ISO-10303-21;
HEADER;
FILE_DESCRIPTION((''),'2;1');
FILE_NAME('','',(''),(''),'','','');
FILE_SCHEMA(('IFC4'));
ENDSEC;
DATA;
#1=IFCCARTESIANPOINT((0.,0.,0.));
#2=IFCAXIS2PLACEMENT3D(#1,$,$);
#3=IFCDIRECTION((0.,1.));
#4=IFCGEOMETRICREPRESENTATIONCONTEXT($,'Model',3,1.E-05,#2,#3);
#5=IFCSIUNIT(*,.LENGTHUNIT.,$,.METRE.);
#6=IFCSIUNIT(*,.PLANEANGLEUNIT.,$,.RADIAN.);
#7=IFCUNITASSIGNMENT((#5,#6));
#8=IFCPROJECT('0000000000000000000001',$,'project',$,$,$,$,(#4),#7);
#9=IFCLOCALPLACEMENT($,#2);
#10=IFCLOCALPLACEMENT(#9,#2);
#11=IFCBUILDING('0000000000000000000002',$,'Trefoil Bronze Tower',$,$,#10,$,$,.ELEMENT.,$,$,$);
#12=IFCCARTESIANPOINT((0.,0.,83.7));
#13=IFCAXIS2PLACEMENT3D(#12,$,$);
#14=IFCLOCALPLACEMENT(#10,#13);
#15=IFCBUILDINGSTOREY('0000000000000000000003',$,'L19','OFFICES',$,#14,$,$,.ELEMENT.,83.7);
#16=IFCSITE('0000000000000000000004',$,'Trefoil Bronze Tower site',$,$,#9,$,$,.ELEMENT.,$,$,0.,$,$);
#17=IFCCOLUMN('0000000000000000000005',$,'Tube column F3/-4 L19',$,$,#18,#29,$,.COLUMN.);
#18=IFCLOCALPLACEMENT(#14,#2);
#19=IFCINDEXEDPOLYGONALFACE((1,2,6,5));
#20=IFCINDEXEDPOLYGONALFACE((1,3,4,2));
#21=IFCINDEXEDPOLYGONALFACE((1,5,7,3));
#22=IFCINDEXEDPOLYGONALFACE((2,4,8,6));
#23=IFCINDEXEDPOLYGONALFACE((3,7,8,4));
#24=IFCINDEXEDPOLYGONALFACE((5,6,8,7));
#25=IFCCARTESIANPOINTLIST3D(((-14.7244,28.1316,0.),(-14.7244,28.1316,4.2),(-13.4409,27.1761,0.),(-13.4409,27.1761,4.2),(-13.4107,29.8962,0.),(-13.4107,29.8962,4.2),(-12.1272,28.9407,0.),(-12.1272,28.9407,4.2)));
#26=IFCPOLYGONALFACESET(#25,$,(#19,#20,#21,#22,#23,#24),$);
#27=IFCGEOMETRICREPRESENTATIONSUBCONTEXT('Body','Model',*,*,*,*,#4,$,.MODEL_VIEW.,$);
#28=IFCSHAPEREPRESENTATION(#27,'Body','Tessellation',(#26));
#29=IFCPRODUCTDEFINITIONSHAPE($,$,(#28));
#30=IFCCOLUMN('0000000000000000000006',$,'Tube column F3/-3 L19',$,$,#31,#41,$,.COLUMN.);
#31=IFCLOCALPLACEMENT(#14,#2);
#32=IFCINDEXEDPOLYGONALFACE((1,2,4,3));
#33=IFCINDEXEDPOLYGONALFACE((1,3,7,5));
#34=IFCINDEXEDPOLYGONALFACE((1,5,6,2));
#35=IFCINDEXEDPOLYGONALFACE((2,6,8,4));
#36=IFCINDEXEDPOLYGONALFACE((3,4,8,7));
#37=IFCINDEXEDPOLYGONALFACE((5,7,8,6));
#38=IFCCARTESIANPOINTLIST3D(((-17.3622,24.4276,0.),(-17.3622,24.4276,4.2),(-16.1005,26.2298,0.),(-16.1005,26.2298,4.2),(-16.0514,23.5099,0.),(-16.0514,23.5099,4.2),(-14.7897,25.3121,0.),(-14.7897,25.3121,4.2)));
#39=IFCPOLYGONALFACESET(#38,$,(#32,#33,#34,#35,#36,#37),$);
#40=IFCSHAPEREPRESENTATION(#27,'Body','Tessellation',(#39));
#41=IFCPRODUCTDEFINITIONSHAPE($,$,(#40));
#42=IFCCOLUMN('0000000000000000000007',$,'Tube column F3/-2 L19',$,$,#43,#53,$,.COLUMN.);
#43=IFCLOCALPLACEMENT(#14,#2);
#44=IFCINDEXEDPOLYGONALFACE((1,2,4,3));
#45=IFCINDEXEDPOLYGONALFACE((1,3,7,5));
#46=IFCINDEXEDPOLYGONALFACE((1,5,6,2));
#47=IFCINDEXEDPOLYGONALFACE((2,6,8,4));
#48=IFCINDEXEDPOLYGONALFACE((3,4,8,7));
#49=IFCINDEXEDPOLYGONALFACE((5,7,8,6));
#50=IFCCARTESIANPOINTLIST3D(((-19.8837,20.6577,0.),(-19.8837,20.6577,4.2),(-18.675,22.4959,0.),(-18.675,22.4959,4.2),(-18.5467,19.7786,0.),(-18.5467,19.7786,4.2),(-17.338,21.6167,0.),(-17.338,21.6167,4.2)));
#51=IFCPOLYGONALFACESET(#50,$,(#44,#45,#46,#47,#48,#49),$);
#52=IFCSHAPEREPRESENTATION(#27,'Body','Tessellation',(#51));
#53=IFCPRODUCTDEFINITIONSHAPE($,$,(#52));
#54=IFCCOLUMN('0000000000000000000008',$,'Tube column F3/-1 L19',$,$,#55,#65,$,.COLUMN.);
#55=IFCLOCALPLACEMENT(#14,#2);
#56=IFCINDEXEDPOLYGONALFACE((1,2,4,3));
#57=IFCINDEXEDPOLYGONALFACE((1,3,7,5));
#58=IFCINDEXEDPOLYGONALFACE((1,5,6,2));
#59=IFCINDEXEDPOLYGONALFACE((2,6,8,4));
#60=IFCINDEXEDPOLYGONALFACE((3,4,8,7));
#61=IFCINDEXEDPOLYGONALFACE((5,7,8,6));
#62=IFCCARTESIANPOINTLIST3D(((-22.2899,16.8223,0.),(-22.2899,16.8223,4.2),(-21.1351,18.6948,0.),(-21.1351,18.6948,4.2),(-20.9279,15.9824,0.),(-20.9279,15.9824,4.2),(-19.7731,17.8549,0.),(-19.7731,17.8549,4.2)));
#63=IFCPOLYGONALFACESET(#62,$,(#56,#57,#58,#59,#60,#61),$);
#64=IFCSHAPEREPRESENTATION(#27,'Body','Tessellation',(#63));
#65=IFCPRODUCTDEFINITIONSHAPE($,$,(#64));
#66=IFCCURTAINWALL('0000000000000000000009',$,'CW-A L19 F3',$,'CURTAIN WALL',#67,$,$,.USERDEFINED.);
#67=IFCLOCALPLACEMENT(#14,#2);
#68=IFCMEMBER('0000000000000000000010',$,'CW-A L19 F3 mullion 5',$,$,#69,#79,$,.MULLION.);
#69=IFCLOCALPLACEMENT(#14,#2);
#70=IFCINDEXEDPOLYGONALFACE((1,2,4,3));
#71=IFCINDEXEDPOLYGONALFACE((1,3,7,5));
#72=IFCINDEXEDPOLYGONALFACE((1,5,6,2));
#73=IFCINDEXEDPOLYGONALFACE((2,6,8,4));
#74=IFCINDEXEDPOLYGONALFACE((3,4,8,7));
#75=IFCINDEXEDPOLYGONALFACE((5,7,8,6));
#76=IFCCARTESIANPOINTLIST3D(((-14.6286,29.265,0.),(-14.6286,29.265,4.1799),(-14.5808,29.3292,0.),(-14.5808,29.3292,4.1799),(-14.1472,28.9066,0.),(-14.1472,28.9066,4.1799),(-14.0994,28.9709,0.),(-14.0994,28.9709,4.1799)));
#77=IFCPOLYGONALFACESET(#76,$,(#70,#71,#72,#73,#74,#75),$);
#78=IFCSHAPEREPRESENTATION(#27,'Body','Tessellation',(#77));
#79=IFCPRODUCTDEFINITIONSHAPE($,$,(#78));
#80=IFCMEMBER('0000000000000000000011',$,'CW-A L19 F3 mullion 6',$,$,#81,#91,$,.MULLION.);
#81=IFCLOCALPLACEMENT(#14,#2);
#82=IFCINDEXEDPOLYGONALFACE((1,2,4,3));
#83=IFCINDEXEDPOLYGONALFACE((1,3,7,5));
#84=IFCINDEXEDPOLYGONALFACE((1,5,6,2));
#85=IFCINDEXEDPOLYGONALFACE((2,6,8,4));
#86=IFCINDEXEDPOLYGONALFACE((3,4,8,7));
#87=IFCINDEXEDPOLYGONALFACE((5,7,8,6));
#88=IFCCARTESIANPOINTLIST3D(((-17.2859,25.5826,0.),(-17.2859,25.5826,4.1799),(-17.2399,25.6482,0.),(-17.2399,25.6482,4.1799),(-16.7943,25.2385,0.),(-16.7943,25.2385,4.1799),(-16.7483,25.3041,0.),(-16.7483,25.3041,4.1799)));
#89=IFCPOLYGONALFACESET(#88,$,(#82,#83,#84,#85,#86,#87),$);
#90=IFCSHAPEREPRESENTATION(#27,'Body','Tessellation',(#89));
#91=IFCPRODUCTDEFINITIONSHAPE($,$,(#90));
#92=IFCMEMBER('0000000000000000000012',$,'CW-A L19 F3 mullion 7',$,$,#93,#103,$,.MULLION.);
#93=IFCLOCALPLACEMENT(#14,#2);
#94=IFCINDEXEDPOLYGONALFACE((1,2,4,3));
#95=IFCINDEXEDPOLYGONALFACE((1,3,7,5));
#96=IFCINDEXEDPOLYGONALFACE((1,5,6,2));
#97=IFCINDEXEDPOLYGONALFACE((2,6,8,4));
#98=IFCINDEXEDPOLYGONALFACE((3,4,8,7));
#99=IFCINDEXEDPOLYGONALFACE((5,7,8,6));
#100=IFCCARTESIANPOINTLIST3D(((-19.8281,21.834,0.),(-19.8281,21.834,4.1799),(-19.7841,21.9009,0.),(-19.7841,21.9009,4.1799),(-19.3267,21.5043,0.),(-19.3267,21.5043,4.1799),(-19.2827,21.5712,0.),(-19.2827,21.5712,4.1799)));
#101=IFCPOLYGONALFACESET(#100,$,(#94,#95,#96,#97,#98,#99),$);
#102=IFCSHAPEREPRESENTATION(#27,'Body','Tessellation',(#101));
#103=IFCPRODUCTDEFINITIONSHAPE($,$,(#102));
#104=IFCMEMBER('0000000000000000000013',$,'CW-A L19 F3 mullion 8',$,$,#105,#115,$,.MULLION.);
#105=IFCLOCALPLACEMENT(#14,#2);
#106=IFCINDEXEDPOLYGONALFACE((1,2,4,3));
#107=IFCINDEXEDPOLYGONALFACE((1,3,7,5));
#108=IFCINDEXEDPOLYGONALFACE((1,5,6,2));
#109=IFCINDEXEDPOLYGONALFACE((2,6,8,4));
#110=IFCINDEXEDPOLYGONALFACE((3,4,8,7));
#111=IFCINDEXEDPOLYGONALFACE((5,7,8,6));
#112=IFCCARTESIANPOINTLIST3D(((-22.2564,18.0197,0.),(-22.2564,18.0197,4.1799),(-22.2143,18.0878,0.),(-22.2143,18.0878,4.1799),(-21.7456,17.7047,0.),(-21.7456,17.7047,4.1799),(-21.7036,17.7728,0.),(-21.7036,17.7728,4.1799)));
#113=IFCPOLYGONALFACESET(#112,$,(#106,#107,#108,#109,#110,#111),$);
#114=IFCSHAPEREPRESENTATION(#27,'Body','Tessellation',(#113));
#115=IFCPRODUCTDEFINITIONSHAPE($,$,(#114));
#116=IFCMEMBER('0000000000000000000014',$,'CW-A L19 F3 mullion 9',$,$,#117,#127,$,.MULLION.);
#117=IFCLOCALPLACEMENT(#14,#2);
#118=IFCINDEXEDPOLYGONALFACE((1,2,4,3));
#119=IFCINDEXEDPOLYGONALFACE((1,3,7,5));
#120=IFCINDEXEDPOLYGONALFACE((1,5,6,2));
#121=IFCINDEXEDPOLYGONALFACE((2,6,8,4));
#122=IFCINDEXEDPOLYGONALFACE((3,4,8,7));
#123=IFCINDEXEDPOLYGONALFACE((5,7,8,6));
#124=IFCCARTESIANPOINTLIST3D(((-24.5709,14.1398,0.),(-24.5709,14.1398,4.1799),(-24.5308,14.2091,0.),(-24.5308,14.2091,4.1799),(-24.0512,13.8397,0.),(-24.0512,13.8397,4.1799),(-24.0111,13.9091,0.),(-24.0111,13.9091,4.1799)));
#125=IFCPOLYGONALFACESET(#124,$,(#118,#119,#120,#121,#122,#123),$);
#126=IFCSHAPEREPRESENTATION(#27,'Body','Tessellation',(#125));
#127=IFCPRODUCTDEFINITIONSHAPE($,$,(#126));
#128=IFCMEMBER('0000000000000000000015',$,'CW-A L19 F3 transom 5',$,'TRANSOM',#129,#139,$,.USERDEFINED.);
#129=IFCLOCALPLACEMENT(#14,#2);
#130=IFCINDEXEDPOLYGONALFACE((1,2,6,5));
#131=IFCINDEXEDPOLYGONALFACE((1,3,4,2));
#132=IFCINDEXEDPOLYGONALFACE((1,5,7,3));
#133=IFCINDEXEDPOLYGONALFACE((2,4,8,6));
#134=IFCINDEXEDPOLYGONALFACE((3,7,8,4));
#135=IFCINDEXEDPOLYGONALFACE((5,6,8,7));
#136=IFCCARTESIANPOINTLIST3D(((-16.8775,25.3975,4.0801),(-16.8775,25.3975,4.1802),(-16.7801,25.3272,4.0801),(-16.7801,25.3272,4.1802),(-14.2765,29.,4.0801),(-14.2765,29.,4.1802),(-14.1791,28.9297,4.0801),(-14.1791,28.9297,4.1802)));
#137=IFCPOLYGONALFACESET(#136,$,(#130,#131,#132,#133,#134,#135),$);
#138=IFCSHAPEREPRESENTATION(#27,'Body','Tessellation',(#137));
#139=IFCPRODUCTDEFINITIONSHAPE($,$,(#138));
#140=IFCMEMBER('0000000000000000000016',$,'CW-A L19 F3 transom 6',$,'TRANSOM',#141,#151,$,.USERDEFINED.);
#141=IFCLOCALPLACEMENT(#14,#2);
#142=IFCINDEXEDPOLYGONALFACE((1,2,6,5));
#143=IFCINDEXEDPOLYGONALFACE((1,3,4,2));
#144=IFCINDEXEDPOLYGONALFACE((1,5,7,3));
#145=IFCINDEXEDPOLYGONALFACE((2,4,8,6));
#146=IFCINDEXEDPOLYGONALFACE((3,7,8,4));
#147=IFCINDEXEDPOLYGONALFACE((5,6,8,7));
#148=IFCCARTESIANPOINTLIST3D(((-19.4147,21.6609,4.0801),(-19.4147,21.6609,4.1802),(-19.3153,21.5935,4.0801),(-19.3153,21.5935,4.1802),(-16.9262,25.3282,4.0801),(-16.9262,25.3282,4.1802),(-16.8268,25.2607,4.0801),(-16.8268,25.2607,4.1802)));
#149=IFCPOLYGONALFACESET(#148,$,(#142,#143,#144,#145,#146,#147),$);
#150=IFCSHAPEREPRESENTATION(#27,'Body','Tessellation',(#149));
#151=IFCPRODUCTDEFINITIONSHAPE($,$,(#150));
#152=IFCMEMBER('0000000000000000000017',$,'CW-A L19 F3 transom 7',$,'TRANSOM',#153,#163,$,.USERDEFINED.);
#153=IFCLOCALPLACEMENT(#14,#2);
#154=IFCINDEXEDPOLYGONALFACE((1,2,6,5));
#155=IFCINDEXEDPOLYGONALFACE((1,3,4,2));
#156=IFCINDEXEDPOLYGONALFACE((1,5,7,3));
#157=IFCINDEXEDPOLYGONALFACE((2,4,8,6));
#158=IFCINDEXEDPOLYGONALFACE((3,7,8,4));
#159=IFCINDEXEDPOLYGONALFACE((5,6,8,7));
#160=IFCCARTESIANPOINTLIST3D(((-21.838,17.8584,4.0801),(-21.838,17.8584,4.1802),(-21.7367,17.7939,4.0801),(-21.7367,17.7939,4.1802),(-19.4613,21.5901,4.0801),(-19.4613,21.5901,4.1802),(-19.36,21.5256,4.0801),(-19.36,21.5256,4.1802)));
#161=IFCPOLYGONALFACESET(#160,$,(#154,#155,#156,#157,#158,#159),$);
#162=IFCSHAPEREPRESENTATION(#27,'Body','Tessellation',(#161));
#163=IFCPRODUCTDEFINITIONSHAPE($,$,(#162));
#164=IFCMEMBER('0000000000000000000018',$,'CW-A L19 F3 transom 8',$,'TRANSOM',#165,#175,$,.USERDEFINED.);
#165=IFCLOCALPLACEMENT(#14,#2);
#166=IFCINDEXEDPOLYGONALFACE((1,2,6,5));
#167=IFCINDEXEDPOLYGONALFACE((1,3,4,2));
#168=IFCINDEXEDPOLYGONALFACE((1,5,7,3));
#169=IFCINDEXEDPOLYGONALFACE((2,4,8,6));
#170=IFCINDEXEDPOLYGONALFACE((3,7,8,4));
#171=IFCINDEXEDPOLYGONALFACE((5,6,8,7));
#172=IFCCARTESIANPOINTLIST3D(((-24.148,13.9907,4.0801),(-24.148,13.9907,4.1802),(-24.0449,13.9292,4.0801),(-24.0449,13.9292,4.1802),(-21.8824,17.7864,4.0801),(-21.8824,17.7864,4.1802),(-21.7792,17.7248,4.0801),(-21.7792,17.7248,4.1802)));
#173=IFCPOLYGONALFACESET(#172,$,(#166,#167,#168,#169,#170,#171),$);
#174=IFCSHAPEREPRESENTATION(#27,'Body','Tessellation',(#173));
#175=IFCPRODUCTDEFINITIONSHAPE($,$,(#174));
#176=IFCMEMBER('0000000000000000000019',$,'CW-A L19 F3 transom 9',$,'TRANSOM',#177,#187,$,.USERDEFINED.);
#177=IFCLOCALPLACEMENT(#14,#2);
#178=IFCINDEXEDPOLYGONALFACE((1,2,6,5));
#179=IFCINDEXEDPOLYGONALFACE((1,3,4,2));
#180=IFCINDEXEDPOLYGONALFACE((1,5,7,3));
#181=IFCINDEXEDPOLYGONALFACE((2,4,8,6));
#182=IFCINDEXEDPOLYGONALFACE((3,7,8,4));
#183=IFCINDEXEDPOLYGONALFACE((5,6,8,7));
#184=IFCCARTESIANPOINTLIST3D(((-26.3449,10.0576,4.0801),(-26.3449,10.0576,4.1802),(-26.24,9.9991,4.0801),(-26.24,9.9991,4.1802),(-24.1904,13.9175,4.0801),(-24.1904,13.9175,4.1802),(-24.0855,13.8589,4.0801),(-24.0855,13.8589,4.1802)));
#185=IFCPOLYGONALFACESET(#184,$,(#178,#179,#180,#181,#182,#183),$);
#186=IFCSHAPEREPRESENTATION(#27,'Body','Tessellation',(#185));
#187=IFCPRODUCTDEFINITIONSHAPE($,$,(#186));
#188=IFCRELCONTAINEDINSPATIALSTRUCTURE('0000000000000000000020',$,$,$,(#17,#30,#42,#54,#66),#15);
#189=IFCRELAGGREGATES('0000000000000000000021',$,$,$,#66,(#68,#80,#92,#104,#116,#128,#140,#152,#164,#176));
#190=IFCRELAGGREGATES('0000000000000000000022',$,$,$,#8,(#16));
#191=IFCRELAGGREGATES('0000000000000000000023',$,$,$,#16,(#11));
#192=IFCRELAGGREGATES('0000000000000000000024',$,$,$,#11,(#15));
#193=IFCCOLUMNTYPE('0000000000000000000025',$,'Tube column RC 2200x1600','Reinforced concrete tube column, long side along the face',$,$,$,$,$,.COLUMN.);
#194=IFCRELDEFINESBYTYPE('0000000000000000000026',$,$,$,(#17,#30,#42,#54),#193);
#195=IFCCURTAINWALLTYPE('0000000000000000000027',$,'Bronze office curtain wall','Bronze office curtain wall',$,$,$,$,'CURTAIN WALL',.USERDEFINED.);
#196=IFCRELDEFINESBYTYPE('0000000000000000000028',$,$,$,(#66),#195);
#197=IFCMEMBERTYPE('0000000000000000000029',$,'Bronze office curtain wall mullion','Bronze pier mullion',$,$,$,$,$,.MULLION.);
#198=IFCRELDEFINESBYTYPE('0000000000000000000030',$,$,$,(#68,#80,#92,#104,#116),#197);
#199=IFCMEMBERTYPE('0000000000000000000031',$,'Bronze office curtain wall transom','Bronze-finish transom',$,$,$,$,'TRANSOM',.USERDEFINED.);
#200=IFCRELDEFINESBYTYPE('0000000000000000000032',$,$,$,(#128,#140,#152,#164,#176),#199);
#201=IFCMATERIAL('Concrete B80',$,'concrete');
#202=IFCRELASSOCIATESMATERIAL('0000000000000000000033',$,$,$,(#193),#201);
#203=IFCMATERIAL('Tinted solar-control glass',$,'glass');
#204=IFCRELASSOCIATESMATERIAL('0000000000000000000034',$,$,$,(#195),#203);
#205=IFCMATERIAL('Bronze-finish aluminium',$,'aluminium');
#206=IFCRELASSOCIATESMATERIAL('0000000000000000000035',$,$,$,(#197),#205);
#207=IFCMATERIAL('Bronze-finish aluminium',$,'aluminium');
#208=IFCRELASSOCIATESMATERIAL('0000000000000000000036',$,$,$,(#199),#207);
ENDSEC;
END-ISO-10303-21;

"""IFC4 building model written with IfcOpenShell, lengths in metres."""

from ifc_helpers import new_model, si_unit, direction, frame, origin, origin_2d, place, context, subcontext, project, spatial, rectangle, extrude, material, material_profile, profile_set, type_object, element, aggregate, save


model = new_model("IFC4")

# Units and contexts
model_context = context("Model", 3, precision=1e-05, world=origin(), true_north=direction((0.0, 1.0)))
body_context = subcontext(model_context, "Body", "Model", "MODEL_VIEW")
ifc_project = project(units=[si_unit("LENGTHUNIT", "METRE"), si_unit("PLANEANGLEUNIT", "RADIAN")], contexts=[model_context])

# Site, building, storey
site_placement = place(None, origin())
site = spatial("IfcSite", under=ifc_project, at=site_placement, Name="Trefoil Bronze Tower site", CompositionType="ELEMENT", RefElevation=0.0)
building_placement = place(site_placement, origin())
building = spatial("IfcBuilding", under=site, at=building_placement, Name="Trefoil Bronze Tower", CompositionType="ELEMENT")
storey_placement = place(building_placement, frame((0.0, 0.0, 83.7)))
storey = spatial("IfcBuildingStorey", under=building, at=storey_placement, Name="L19", Description="OFFICES", CompositionType="ELEMENT", Elevation=83.7)

# Columns
ifc_material_1 = material(Name="Concrete B80", Category="concrete")
ifc_material_profile_1 = material_profile(ifc_material_1, rectangle(XDim=2.2, YDim=1.6001, at=origin_2d()), Name="RC 2200x1600")
ifc_profile_set_1 = profile_set([ifc_material_profile_1], Name="Concrete B80")
column_type = type_object("IfcColumnType", Name="Tube column RC 2200x1600", Description="Reinforced concrete tube column, long side along the face", PredefinedType="COLUMN", material=ifc_profile_set_1)
for number, where, z_axis, x_axis, name in (
    (1, (-13.4258, 28.5361, 0.0), (0.0, 0.0, 1.0), (-0.597154, -0.802127, 0.0), "Tube column F3/-4 L19"),
    (2, (-16.0759, 24.8699, 0.0), (0.0, 0.0, 1.0), (-0.573502, -0.819204, 0.0), "Tube column F3/-3 L19"),
    (3, (-18.6108, 21.1372, 0.0), (0.0, 0.0, 1.0), (-0.549424, -0.835544, 0.0), "Tube column F3/-2 L19"),
    (4, (-21.0315, 17.3386, 0.0), (0.0, 0.0, 1.0), (-0.524923, -0.85115, 0.0), "Tube column F3/-1 L19"),
):
    element("IfcColumn", number, at=place(storey_placement, frame(where, z_axis=z_axis, x_axis=x_axis)), inside=storey, type_object=column_type, Name=name, PredefinedType="COLUMN", context=body_context, shape_type="SweptSolid", body=[
        extrude(rectangle(XDim=2.2, YDim=1.6001, at=origin_2d()), origin(), (0.0, 0.0, 1.0), 4.2),
    ])

# Curtain wall, members
ifc_material_2 = material(Name="Tinted solar-control glass", Category="glass")
curtain_wall_type = type_object("IfcCurtainWallType", Name="Bronze office curtain wall", Description="Bronze office curtain wall", ElementType="CURTAIN WALL", PredefinedType="USERDEFINED", material=ifc_material_2)
curtain_wall_placement = place(storey_placement, origin())
curtain_wall = element("IfcCurtainWall", 5, at=curtain_wall_placement, inside=storey, type_object=curtain_wall_type, Name="CW-A L19 F3", ObjectType="CURTAIN WALL", PredefinedType="USERDEFINED")
ifc_material_3 = material(Name="Bronze-finish aluminium", Category="aluminium")
ifc_material_profile_2 = material_profile(ifc_material_3, rectangle(XDim=0.6001, YDim=0.0801, at=origin_2d()), Name="CW-A mullion")
ifc_profile_set_2 = profile_set([ifc_material_profile_2], Name="Bronze-finish aluminium")
member_type_1 = type_object("IfcMemberType", Name="Bronze office curtain wall mullion", Description="Bronze pier mullion", PredefinedType="MULLION", material=ifc_profile_set_2)
member_1_placement = place(storey_placement, frame((-14.364, 29.1179, 0.0), z_axis=(0.0, 0.0, 1.0), x_axis=(0.802127, -0.597154, 0.0)))
member_1 = element("IfcMember", 6, at=member_1_placement, type_object=member_type_1, Name="CW-A L19 F3 mullion 5", PredefinedType="MULLION", context=body_context, shape_type="SweptSolid", body=[
    extrude(rectangle(XDim=0.6001, YDim=0.0801, at=origin_2d()), origin(), (0.0, 0.0, 1.0), 4.1799),
])
member_2_placement = place(storey_placement, frame((-17.0171, 25.4434, 0.0), z_axis=(0.0, 0.0, 1.0), x_axis=(0.819204, -0.573502, 0.0)))
member_2 = element("IfcMember", 7, at=member_2_placement, type_object=member_type_1, Name="CW-A L19 F3 mullion 6", PredefinedType="MULLION", context=body_context, shape_type="SweptSolid", body=[
    extrude(rectangle(XDim=0.6001, YDim=0.0801, at=origin_2d()), origin(), (0.0, 0.0, 1.0), 4.1799),
])
member_3_placement = place(storey_placement, frame((-19.5554, 21.7026, 0.0), z_axis=(0.0, 0.0, 1.0), x_axis=(0.835544, -0.549424, 0.0)))
member_3 = element("IfcMember", 8, at=member_3_placement, type_object=member_type_1, Name="CW-A L19 F3 mullion 7", PredefinedType="MULLION", context=body_context, shape_type="SweptSolid", body=[
    extrude(rectangle(XDim=0.6001, YDim=0.0801, at=origin_2d()), origin(), (0.0, 0.0, 1.0), 4.1799),
])
member_4_placement = place(storey_placement, frame((-21.98, 17.8962, 0.0), z_axis=(0.0, 0.0, 1.0), x_axis=(0.85115, -0.524923, 0.0)))
member_4 = element("IfcMember", 9, at=member_4_placement, type_object=member_type_1, Name="CW-A L19 F3 mullion 8", PredefinedType="MULLION", context=body_context, shape_type="SweptSolid", body=[
    extrude(rectangle(XDim=0.6001, YDim=0.0801, at=origin_2d()), origin(), (0.0, 0.0, 1.0), 4.1799),
])
member_5_placement = place(storey_placement, frame((-24.291, 14.0244, 0.0), z_axis=(0.0, 0.0, 1.0), x_axis=(0.866025, -0.5, 0.0)))
member_5 = element("IfcMember", 10, at=member_5_placement, type_object=member_type_1, Name="CW-A L19 F3 mullion 9", PredefinedType="MULLION", context=body_context, shape_type="SweptSolid", body=[
    extrude(rectangle(XDim=0.6001, YDim=0.0801, at=origin_2d()), origin(), (0.0, 0.0, 1.0), 4.1799),
])
ifc_material_4 = material(Name="Bronze-finish aluminium", Category="aluminium")
ifc_material_profile_3 = material_profile(ifc_material_4, rectangle(XDim=0.1201, YDim=0.1001, at=origin_2d()), Name="CW-A transom")
ifc_profile_set_3 = profile_set([ifc_material_profile_3], Name="Bronze-finish aluminium")
member_type_2 = type_object("IfcMemberType", Name="Bronze office curtain wall transom", Description="Bronze-finish transom", ElementType="TRANSOM", PredefinedType="USERDEFINED", material=ifc_profile_set_3)
member_6_placement = place(storey_placement, frame((-14.2278, 28.9648, 4.1301), z_axis=(-0.585378, -0.81076, 0.0), x_axis=(0.81076, -0.585378, 0.0)))
member_6 = element("IfcMember", 11, at=member_6_placement, type_object=member_type_2, Name="CW-A L19 F3 transom 5", ObjectType="TRANSOM", PredefinedType="USERDEFINED", context=body_context, shape_type="SweptSolid", body=[
    extrude(rectangle(XDim=0.1201, YDim=0.1001, at=origin_2d()), origin(), (0.0, 0.0, 1.0), 4.4434),
])
member_7_placement = place(storey_placement, frame((-16.8765, 25.2944, 4.1301), z_axis=(-0.561508, -0.827471, 0.0), x_axis=(0.827471, -0.561508, 0.0)))
member_7 = element("IfcMember", 12, at=member_7_placement, type_object=member_type_2, Name="CW-A L19 F3 transom 6", ObjectType="TRANSOM", PredefinedType="USERDEFINED", context=body_context, shape_type="SweptSolid", body=[
    extrude(rectangle(XDim=0.1201, YDim=0.1001, at=origin_2d()), origin(), (0.0, 0.0, 1.0), 4.4319),
])
member_8_placement = place(storey_placement, frame((-19.4106, 21.5579, 4.1301), z_axis=(-0.537197, -0.843457, 0.0), x_axis=(0.843457, -0.537197, 0.0)))
member_8 = element("IfcMember", 13, at=member_8_placement, type_object=member_type_2, Name="CW-A L19 F3 transom 7", ObjectType="TRANSOM", PredefinedType="USERDEFINED", context=body_context, shape_type="SweptSolid", body=[
    extrude(rectangle(XDim=0.1201, YDim=0.1001, at=origin_2d()), origin(), (0.0, 0.0, 1.0), 4.4243),
])
member_9_placement = place(storey_placement, frame((-21.8308, 17.7556, 4.1301), z_axis=(-0.512537, -0.858665, 0.0), x_axis=(0.858665, -0.512537, 0.0)))
member_9 = element("IfcMember", 14, at=member_9_placement, type_object=member_type_2, Name="CW-A L19 F3 transom 8", ObjectType="TRANSOM", PredefinedType="USERDEFINED", context=body_context, shape_type="SweptSolid", body=[
    extrude(rectangle(XDim=0.1201, YDim=0.1001, at=origin_2d()), origin(), (0.0, 0.0, 1.0), 4.4204),
])
member_10_placement = place(storey_placement, frame((-24.1379, 13.8882, 4.1301), z_axis=(-0.4874, -0.873179, 0.0), x_axis=(0.873179, -0.4874, 0.0)))
member_10 = element("IfcMember", 15, at=member_10_placement, type_object=member_type_2, Name="CW-A L19 F3 transom 9", ObjectType="TRANSOM", PredefinedType="USERDEFINED", context=body_context, shape_type="SweptSolid", body=[
    extrude(rectangle(XDim=0.1201, YDim=0.1001, at=origin_2d()), origin(), (0.0, 0.0, 1.0), 4.4204),
])

aggregate(curtain_wall, [member_1, member_2, member_3, member_4, member_5, member_6, member_7, member_8, member_9, member_10])

save(model, "model.ifc")
